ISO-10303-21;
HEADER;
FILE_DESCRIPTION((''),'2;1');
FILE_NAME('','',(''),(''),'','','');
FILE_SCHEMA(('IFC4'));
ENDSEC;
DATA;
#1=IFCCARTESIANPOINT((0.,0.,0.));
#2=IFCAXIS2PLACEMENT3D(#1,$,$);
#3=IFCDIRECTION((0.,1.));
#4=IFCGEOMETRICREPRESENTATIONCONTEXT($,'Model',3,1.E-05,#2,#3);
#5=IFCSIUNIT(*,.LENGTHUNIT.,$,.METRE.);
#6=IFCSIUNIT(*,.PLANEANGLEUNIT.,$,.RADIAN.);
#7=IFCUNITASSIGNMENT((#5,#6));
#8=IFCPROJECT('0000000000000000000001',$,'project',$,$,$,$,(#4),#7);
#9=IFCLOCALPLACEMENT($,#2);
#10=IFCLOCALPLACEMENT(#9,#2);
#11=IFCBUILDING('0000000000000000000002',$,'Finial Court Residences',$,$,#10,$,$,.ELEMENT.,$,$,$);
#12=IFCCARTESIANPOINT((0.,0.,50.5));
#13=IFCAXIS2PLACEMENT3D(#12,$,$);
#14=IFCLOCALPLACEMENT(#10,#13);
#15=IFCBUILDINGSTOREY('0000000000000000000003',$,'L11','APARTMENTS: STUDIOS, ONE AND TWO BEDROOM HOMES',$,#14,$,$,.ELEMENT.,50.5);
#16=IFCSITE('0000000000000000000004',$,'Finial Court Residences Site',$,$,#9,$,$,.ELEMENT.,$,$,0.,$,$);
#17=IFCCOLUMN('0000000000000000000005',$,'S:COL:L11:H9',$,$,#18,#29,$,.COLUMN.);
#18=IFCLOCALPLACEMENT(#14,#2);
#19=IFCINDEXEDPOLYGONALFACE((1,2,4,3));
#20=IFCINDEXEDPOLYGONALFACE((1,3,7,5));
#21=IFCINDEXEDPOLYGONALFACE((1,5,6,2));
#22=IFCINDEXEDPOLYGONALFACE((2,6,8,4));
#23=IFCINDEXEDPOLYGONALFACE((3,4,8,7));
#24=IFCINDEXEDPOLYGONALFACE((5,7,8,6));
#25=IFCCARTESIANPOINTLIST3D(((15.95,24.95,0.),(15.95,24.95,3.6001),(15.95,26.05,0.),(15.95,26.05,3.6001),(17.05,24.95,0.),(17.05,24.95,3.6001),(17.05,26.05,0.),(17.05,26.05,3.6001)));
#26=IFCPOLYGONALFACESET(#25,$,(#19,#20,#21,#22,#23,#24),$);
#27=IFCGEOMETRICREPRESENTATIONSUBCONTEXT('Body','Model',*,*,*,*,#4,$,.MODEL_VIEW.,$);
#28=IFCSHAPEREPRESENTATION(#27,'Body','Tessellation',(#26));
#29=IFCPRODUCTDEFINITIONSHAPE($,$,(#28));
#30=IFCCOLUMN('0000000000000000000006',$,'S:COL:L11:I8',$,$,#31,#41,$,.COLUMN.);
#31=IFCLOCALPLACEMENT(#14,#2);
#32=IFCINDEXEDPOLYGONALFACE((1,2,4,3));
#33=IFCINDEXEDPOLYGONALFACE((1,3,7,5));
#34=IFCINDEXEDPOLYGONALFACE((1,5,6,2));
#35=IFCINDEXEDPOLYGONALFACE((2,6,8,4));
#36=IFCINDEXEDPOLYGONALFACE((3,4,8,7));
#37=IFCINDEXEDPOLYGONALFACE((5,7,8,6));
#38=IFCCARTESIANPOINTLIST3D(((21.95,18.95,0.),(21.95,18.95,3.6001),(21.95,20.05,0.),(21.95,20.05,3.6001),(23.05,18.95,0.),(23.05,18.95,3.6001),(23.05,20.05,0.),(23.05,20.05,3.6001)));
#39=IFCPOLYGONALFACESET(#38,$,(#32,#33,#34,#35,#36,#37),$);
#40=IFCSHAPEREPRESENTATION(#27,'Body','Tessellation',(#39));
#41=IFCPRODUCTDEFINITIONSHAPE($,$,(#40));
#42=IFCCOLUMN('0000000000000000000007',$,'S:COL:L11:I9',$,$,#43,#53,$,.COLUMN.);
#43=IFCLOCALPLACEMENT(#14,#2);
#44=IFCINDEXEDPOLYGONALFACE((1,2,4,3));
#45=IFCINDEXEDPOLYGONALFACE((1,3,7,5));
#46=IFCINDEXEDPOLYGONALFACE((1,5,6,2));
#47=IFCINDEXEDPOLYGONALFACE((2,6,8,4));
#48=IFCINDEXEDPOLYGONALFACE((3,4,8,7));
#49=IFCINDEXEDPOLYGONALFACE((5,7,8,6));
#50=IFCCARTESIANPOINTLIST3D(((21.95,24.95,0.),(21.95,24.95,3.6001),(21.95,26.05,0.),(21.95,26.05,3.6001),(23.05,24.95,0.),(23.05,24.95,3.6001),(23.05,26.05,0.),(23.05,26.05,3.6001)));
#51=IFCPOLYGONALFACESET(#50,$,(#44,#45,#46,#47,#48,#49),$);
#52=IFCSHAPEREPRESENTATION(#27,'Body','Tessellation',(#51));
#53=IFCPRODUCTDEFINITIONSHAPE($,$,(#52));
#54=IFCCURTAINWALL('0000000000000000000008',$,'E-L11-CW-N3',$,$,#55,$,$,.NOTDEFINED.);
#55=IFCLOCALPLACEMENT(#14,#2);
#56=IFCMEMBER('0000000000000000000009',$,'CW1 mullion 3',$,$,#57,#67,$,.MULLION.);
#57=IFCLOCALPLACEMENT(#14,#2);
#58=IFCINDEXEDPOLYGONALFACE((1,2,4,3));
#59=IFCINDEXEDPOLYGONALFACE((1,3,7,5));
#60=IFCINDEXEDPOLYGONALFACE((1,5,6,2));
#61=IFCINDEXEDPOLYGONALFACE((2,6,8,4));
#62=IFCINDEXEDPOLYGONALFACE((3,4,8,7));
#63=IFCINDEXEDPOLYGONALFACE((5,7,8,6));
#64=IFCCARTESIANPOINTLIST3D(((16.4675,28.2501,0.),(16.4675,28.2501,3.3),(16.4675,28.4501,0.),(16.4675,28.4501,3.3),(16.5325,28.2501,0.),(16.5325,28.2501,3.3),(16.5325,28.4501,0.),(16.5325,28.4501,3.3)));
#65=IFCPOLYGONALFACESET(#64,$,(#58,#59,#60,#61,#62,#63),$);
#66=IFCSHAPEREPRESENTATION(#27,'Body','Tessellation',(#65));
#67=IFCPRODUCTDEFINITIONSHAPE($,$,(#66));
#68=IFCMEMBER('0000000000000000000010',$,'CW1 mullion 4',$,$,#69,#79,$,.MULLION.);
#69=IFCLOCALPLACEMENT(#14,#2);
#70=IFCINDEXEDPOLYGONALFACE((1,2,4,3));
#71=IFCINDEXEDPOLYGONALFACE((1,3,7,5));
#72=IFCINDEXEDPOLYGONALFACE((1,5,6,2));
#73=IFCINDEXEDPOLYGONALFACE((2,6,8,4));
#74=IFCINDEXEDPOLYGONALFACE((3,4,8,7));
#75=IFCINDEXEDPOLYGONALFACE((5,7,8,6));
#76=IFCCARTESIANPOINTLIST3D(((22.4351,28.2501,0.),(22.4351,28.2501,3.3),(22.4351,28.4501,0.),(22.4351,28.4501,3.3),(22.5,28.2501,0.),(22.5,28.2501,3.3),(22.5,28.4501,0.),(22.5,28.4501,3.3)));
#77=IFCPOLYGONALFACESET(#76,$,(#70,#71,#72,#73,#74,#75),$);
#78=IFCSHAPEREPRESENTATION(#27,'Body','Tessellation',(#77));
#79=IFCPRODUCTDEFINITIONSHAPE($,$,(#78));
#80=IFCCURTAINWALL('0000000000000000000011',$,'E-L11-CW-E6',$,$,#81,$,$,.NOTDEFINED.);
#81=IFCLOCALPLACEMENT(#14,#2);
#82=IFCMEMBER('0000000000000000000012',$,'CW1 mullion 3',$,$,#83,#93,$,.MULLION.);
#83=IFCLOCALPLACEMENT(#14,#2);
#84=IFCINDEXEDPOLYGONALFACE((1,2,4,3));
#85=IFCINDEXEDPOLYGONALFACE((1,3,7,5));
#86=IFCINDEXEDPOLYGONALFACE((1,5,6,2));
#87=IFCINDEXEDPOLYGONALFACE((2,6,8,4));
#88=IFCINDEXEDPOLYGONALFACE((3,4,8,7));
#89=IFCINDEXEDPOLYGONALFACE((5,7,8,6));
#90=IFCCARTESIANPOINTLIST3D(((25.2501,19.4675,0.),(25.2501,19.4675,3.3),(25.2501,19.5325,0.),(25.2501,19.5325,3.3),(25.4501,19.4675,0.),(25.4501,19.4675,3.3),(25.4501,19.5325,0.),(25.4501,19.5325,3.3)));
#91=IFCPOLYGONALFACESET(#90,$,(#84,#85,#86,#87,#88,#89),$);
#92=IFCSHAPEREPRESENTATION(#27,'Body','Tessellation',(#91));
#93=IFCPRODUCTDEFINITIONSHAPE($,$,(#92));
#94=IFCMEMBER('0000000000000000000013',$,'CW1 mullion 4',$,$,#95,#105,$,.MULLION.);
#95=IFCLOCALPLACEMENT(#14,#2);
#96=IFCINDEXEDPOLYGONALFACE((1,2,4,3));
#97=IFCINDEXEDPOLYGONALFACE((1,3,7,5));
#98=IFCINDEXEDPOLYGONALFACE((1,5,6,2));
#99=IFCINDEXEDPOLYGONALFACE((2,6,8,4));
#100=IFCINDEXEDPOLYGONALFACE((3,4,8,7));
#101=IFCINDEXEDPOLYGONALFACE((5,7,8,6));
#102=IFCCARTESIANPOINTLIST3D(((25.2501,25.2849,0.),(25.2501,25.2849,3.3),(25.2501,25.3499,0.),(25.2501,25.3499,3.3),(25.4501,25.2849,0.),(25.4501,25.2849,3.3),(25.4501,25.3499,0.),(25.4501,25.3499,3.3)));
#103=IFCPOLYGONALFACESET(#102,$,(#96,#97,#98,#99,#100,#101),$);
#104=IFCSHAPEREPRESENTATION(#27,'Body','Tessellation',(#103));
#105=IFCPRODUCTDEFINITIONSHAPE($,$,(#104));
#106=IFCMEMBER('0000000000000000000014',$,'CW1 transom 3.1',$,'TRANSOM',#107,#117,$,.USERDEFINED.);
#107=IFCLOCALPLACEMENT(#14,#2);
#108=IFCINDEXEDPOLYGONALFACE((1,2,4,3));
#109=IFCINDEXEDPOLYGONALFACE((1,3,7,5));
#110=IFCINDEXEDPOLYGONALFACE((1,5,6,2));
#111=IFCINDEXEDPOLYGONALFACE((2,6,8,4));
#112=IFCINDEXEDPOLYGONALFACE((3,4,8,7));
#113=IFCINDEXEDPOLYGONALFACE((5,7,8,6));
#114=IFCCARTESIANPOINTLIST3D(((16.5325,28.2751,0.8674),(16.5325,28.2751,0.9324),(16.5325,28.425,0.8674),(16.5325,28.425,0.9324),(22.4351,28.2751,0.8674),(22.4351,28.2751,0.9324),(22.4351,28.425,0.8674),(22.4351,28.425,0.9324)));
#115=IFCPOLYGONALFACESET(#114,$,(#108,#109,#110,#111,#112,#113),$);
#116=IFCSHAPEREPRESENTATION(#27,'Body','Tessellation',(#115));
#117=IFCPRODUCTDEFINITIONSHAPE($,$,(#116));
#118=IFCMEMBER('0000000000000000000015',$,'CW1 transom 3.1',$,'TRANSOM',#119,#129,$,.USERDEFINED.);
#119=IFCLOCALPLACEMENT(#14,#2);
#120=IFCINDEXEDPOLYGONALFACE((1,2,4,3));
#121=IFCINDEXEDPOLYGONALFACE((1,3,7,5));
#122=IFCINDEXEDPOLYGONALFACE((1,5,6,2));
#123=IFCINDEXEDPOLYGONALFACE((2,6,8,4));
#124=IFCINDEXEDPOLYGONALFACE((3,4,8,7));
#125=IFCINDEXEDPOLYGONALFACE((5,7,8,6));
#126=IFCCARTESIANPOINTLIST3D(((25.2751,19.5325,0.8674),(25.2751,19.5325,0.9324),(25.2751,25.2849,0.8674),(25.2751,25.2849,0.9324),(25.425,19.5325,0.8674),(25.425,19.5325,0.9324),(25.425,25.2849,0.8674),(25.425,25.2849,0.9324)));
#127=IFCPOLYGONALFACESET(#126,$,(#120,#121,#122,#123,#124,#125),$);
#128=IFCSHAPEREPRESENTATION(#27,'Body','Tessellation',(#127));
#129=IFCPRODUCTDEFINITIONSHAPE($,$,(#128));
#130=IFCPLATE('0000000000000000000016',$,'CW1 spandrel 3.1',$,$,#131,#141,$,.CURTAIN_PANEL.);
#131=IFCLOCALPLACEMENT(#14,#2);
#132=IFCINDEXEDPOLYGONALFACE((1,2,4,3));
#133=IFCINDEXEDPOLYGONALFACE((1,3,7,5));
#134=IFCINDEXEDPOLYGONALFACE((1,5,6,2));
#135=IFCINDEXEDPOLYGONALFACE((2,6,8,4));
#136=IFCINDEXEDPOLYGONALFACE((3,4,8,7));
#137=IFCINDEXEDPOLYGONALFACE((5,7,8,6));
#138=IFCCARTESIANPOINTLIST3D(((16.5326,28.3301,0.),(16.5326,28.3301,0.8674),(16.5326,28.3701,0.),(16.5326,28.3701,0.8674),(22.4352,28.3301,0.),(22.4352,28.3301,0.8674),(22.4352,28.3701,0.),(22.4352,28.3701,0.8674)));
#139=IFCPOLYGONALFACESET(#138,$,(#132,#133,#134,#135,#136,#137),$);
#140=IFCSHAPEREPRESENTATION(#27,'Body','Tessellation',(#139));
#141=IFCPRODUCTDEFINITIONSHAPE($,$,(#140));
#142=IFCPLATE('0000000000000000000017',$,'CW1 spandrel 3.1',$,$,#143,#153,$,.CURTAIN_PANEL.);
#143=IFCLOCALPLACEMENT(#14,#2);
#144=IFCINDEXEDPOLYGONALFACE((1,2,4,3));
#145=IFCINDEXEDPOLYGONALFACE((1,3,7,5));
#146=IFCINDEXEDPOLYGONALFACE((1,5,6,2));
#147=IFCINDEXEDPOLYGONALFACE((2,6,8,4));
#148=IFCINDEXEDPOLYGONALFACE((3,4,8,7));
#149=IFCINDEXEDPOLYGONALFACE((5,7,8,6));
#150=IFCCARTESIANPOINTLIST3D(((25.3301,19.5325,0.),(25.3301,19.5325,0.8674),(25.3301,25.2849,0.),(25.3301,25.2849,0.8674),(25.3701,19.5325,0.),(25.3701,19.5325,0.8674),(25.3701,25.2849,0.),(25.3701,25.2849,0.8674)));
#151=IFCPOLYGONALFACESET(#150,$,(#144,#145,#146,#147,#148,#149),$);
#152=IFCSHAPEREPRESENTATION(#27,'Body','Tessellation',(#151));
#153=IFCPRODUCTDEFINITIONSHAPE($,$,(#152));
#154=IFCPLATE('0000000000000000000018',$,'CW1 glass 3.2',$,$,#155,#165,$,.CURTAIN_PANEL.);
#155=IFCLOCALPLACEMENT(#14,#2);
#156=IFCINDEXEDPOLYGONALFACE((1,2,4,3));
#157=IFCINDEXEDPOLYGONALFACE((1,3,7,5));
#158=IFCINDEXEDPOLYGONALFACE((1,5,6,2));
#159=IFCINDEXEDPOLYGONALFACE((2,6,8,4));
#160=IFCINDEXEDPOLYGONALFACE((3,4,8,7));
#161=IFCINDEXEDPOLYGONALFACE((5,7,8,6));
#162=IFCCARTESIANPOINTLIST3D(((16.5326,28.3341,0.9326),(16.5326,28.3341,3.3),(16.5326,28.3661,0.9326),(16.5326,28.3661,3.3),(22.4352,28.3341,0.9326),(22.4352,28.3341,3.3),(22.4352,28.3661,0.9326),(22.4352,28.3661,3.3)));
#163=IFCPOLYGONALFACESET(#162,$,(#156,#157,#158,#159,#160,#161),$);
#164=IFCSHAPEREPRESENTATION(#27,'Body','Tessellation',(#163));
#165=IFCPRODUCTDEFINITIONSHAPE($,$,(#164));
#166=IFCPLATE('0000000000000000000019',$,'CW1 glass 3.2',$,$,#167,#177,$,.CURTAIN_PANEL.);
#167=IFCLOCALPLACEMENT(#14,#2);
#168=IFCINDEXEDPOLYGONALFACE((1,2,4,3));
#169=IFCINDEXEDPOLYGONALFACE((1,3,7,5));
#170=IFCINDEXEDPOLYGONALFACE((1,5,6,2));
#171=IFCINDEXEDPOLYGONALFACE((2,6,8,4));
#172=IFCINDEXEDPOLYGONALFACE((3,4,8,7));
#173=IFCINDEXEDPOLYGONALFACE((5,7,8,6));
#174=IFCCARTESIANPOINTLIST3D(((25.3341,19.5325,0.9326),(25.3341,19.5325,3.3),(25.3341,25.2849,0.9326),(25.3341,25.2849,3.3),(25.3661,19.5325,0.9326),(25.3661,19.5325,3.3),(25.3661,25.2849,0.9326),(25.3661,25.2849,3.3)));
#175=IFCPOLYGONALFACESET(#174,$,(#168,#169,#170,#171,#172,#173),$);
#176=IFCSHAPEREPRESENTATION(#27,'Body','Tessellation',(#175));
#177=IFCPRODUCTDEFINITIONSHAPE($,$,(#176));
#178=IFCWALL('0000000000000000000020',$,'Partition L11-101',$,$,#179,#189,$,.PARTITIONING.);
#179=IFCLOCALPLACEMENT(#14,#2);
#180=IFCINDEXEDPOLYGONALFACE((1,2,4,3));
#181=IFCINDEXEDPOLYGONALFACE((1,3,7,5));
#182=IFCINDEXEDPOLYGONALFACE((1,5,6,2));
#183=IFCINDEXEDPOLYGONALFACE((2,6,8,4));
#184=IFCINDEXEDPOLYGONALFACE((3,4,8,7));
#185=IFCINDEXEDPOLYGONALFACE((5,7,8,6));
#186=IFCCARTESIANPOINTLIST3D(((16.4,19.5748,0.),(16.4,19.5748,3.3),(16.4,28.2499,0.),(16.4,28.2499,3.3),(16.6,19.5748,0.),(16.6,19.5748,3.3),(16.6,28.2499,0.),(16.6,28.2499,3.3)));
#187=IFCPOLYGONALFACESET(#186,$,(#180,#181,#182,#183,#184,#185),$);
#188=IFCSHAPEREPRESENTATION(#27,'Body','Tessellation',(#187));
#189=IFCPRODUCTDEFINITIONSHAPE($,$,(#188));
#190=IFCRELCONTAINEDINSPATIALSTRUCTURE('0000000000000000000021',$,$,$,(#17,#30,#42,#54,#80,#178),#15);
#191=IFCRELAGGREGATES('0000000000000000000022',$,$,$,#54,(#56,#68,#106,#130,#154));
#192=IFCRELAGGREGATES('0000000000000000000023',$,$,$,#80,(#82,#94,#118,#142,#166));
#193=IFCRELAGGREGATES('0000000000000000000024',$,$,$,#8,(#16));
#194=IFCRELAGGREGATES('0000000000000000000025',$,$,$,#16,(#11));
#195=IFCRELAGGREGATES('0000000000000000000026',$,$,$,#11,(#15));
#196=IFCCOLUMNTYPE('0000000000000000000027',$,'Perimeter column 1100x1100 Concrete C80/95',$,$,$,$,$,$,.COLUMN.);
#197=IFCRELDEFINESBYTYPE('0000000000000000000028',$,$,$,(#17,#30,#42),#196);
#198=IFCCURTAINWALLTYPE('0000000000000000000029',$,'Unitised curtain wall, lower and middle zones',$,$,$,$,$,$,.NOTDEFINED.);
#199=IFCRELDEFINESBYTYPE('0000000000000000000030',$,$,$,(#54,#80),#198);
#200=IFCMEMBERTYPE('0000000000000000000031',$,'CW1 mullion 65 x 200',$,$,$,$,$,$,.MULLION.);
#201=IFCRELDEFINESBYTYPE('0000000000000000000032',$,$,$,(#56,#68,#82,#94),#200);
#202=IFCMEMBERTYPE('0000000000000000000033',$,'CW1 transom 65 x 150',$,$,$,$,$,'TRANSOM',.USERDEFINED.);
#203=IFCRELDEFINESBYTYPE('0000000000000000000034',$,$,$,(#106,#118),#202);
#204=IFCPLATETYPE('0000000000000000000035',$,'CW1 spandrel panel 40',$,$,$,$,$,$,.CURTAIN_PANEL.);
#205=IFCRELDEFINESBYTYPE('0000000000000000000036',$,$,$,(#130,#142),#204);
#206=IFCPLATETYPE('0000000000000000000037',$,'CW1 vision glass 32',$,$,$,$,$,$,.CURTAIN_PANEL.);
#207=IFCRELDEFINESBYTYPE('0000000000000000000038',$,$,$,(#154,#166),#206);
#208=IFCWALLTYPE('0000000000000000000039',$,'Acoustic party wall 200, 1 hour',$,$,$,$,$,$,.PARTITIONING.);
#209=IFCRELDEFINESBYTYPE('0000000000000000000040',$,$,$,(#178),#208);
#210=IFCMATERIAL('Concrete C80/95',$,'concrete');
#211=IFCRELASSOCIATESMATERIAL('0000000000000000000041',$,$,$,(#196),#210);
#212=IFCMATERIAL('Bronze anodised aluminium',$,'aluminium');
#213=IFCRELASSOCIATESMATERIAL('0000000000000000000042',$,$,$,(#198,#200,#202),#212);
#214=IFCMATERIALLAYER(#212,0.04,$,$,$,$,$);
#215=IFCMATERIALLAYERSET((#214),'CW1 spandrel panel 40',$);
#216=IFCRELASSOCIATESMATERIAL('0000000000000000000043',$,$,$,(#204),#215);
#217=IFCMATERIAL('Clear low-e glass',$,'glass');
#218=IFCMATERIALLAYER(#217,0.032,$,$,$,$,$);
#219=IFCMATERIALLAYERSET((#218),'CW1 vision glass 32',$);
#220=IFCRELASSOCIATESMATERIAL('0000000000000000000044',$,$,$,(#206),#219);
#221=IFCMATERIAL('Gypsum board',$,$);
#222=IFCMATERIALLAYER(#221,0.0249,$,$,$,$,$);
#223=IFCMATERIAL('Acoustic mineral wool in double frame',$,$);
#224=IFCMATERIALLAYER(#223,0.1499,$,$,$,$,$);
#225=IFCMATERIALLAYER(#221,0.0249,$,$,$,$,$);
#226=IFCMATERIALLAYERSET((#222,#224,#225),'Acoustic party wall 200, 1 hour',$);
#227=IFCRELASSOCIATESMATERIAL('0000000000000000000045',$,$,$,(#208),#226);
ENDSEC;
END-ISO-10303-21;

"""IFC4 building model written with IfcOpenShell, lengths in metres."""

from ifc_helpers import new_model, si_unit, direction, frame, frame_2d, origin, origin_2d, place, context, subcontext, project, spatial, rectangle, extrude, material, layer, layer_set, material_profile, profile_set, type_object, element, aggregate, save


model = new_model("IFC4")

# Units and contexts
model_context = context("Model", 3, precision=1e-05, world=origin(), true_north=direction((0.0, 1.0)))
body_context = subcontext(model_context, "Body", "Model", "MODEL_VIEW")
ifc_project = project(units=[si_unit("LENGTHUNIT", "METRE"), si_unit("PLANEANGLEUNIT", "RADIAN")], contexts=[model_context])

# Site, building, storey
site_placement = place(None, origin())
site = spatial("IfcSite", under=ifc_project, at=site_placement, Name="Finial Court Residences Site", CompositionType="ELEMENT", RefElevation=0.0)
building_placement = place(site_placement, origin())
building = spatial("IfcBuilding", under=site, at=building_placement, Name="Finial Court Residences", CompositionType="ELEMENT")
storey_placement = place(building_placement, frame((0.0, 0.0, 50.5)))
storey = spatial("IfcBuildingStorey", under=building, at=storey_placement, Name="L11", Description="APARTMENTS: STUDIOS, ONE AND TWO BEDROOM HOMES", CompositionType="ELEMENT", Elevation=50.5)

# Columns
ifc_material_1 = material(Name="Concrete C80/95", Category="concrete")
ifc_material_profile_1 = material_profile(ifc_material_1, rectangle(XDim=1.1001, YDim=1.1001, at=origin_2d()), Name="1100x1100")
ifc_profile_set_1 = profile_set([ifc_material_profile_1], Name="Concrete C80/95")
column_type = type_object("IfcColumnType", Name="Perimeter column 1100x1100 Concrete C80/95", PredefinedType="COLUMN", material=ifc_profile_set_1)
for number, where, z_axis, x_axis, name in (
    (1, (16.5, 25.5, 0.0), (0.0, 0.0, 1.0), (1.0, 0.0, 0.0), "S:COL:L11:H9"),
    (2, (22.5, 19.5, 0.0), (0.0, 0.0, 1.0), (1.0, 0.0, 0.0), "S:COL:L11:I8"),
    (3, (22.5, 25.5, 0.0), (0.0, 0.0, 1.0), (1.0, 0.0, 0.0), "S:COL:L11:I9"),
):
    element("IfcColumn", number, at=place(storey_placement, frame(where, z_axis=z_axis, x_axis=x_axis)), inside=storey, type_object=column_type, Name=name, PredefinedType="COLUMN", context=body_context, shape_type="SweptSolid", body=[
        extrude(rectangle(XDim=1.1001, YDim=1.1001, at=origin_2d()), origin(), (0.0, 0.0, 1.0), 3.6001),
    ])

# Curtain walls, members
ifc_material_2 = material(Name="Bronze anodised aluminium", Category="aluminium")
curtain_wall_type = type_object("IfcCurtainWallType", Name="Unitised curtain wall, lower and middle zones", PredefinedType="NOTDEFINED", material=ifc_material_2)
curtain_wall_1_placement = place(storey_placement, origin())
curtain_wall_1 = element("IfcCurtainWall", 4, at=curtain_wall_1_placement, inside=storey, type_object=curtain_wall_type, Name="E-L11-CW-N3", PredefinedType="NOTDEFINED")
ifc_material_profile_2 = material_profile(ifc_material_2, rectangle(XDim=0.2, YDim=0.0649, at=origin_2d()), Name="CW1 mullion 65 x 200")
ifc_profile_set_2 = profile_set([ifc_material_profile_2], Name="Bronze anodised aluminium")
member_type_1 = type_object("IfcMemberType", Name="CW1 mullion 65 x 200", PredefinedType="MULLION", material=ifc_profile_set_2)
member_1_placement = place(storey_placement, frame((16.5, 28.3501, 0.0), z_axis=(0.0, 0.0, 1.0), x_axis=(0.0, 1.0, 0.0)))
member_1 = element("IfcMember", 5, at=member_1_placement, type_object=member_type_1, Name="CW1 mullion 3", PredefinedType="MULLION", context=body_context, shape_type="SweptSolid", body=[
    extrude(rectangle(XDim=0.2, YDim=0.0649, at=origin_2d()), origin(), (0.0, 0.0, 1.0), 3.3),
])
member_2_placement = place(storey_placement, frame((22.4675, 28.3501, 0.0), z_axis=(0.0, 0.0, 1.0), x_axis=(0.0, 1.0, 0.0)))
member_2 = element("IfcMember", 6, at=member_2_placement, type_object=member_type_1, Name="CW1 mullion 4", PredefinedType="MULLION", context=body_context, shape_type="SweptSolid", body=[
    extrude(rectangle(XDim=0.2, YDim=0.0649, at=origin_2d()), origin(), (0.0, 0.0, 1.0), 3.3),
])
curtain_wall_2_placement = place(storey_placement, origin())
curtain_wall_2 = element("IfcCurtainWall", 7, at=curtain_wall_2_placement, inside=storey, type_object=curtain_wall_type, Name="E-L11-CW-E6", PredefinedType="NOTDEFINED")
member_3_placement = place(storey_placement, frame((25.3501, 19.5, 0.0), z_axis=(0.0, 0.0, 1.0), x_axis=(-1.0, 0.0, 0.0)))
member_3 = element("IfcMember", 8, at=member_3_placement, type_object=member_type_1, Name="CW1 mullion 3", PredefinedType="MULLION", context=body_context, shape_type="SweptSolid", body=[
    extrude(rectangle(XDim=0.2, YDim=0.0649, at=origin_2d()), origin(), (0.0, 0.0, 1.0), 3.3),
])
member_4_placement = place(storey_placement, frame((25.3501, 25.3174, 0.0), z_axis=(0.0, 0.0, 1.0), x_axis=(-1.0, 0.0, 0.0)))
member_4 = element("IfcMember", 9, at=member_4_placement, type_object=member_type_1, Name="CW1 mullion 4", PredefinedType="MULLION", context=body_context, shape_type="SweptSolid", body=[
    extrude(rectangle(XDim=0.2, YDim=0.0649, at=origin_2d()), origin(), (0.0, 0.0, 1.0), 3.3),
])

# Members
ifc_material_profile_3 = material_profile(ifc_material_2, rectangle(XDim=0.1499, YDim=0.0649, at=origin_2d()), Name="CW1 transom 65 x 150")
ifc_profile_set_3 = profile_set([ifc_material_profile_3], Name="Bronze anodised aluminium")
member_type_2 = type_object("IfcMemberType", Name="CW1 transom 65 x 150", ElementType="TRANSOM", PredefinedType="USERDEFINED", material=ifc_profile_set_3)
member_5_placement = place(storey_placement, frame((16.5325, 28.3501, 0.8999), z_axis=(1.0, 0.0, 0.0), x_axis=(0.0, 1.0, 0.0)))
member_5 = element("IfcMember", 10, at=member_5_placement, type_object=member_type_2, Name="CW1 transom 3.1", ObjectType="TRANSOM", PredefinedType="USERDEFINED", context=body_context, shape_type="SweptSolid", body=[
    extrude(rectangle(XDim=0.1499, YDim=0.0649, at=origin_2d()), origin(), (0.0, 0.0, 1.0), 5.9026),
])
member_6_placement = place(storey_placement, frame((25.3501, 19.5325, 0.8999), z_axis=(0.0, 1.0, 0.0), x_axis=(-1.0, 0.0, 0.0)))
member_6 = element("IfcMember", 11, at=member_6_placement, type_object=member_type_2, Name="CW1 transom 3.1", ObjectType="TRANSOM", PredefinedType="USERDEFINED", context=body_context, shape_type="SweptSolid", body=[
    extrude(rectangle(XDim=0.1499, YDim=0.0649, at=origin_2d()), origin(), (0.0, 0.0, 1.0), 5.7524),
])

# Plates
ifc_layer_1 = layer(ifc_material_2, 0.04)
ifc_layer_set_1 = layer_set([ifc_layer_1], Name="CW1 spandrel panel 40")
plate_type_1 = type_object("IfcPlateType", Name="CW1 spandrel panel 40", PredefinedType="CURTAIN_PANEL", material=ifc_layer_set_1)
plate_1_placement = place(storey_placement, frame((19.4839, 28.3501, 0.0), z_axis=(0.0, 0.0, 1.0), x_axis=(1.0, 0.0, 0.0)))
plate_1 = element("IfcPlate", 12, at=plate_1_placement, type_object=plate_type_1, Name="CW1 spandrel 3.1", PredefinedType="CURTAIN_PANEL", context=body_context, shape_type="SweptSolid", body=[
    extrude(rectangle(XDim=5.9026, YDim=0.04, at=origin_2d()), origin(), (0.0, 0.0, 1.0), 0.8674),
])
plate_2_placement = place(storey_placement, frame((25.3501, 22.4087, 0.0), z_axis=(0.0, 0.0, 1.0), x_axis=(0.0, 1.0, 0.0)))
plate_2 = element("IfcPlate", 13, at=plate_2_placement, type_object=plate_type_1, Name="CW1 spandrel 3.1", PredefinedType="CURTAIN_PANEL", context=body_context, shape_type="SweptSolid", body=[
    extrude(rectangle(XDim=5.7524, YDim=0.04, at=origin_2d()), origin(), (0.0, 0.0, 1.0), 0.8674),
])
ifc_material_3 = material(Name="Clear low-e glass", Category="glass")
ifc_layer_2 = layer(ifc_material_3, 0.032)
ifc_layer_set_2 = layer_set([ifc_layer_2], Name="CW1 vision glass 32")
plate_type_2 = type_object("IfcPlateType", Name="CW1 vision glass 32", PredefinedType="CURTAIN_PANEL", material=ifc_layer_set_2)
plate_3_placement = place(storey_placement, frame((19.4839, 28.3501, 0.9326), z_axis=(0.0, 0.0, 1.0), x_axis=(1.0, 0.0, 0.0)))
plate_3 = element("IfcPlate", 14, at=plate_3_placement, type_object=plate_type_2, Name="CW1 glass 3.2", PredefinedType="CURTAIN_PANEL", context=body_context, shape_type="SweptSolid", body=[
    extrude(rectangle(XDim=5.9026, YDim=0.032, at=origin_2d()), origin(), (0.0, 0.0, 1.0), 2.3674),
])
aggregate(curtain_wall_1, [member_1, member_2, member_5, plate_1, plate_3])
plate_4_placement = place(storey_placement, frame((25.3501, 22.4087, 0.9326), z_axis=(0.0, 0.0, 1.0), x_axis=(0.0, 1.0, 0.0)))
plate_4 = element("IfcPlate", 15, at=plate_4_placement, type_object=plate_type_2, Name="CW1 glass 3.2", PredefinedType="CURTAIN_PANEL", context=body_context, shape_type="SweptSolid", body=[
    extrude(rectangle(XDim=5.7524, YDim=0.032, at=origin_2d()), origin(), (0.0, 0.0, 1.0), 2.3674),
])
aggregate(curtain_wall_2, [member_3, member_4, member_6, plate_2, plate_4])

# Wall
ifc_material_4 = material(Name="Gypsum board")
ifc_layer_3 = layer(ifc_material_4, 0.0249)
ifc_material_5 = material(Name="Acoustic mineral wool in double frame")
ifc_layer_4 = layer(ifc_material_5, 0.1499)
ifc_layer_5 = layer(ifc_material_4, 0.0249)
ifc_layer_set_3 = layer_set([ifc_layer_3, ifc_layer_4, ifc_layer_5], Name="Acoustic party wall 200, 1 hour")
wall_type_1 = type_object("IfcWallType", Name="Acoustic party wall 200, 1 hour", PredefinedType="PARTITIONING", material=ifc_layer_set_3)
wall_1_placement = place(storey_placement, frame((16.5, 19.575, 0.0), z_axis=(0.0, 0.0, 1.0), x_axis=(0.0, 1.0, 0.0)))
element("IfcWall", 16, at=wall_1_placement, inside=storey, type_object=wall_type_1, Name="Partition L11-101", PredefinedType="PARTITIONING", context=body_context, shape_type="SweptSolid", body=[
    extrude(rectangle(XDim=8.675, YDim=0.2, at=frame_2d((4.3374, 0.0))), origin(), (0.0, 0.0, 1.0), 3.3),
])

save(model, "model.ifc")
